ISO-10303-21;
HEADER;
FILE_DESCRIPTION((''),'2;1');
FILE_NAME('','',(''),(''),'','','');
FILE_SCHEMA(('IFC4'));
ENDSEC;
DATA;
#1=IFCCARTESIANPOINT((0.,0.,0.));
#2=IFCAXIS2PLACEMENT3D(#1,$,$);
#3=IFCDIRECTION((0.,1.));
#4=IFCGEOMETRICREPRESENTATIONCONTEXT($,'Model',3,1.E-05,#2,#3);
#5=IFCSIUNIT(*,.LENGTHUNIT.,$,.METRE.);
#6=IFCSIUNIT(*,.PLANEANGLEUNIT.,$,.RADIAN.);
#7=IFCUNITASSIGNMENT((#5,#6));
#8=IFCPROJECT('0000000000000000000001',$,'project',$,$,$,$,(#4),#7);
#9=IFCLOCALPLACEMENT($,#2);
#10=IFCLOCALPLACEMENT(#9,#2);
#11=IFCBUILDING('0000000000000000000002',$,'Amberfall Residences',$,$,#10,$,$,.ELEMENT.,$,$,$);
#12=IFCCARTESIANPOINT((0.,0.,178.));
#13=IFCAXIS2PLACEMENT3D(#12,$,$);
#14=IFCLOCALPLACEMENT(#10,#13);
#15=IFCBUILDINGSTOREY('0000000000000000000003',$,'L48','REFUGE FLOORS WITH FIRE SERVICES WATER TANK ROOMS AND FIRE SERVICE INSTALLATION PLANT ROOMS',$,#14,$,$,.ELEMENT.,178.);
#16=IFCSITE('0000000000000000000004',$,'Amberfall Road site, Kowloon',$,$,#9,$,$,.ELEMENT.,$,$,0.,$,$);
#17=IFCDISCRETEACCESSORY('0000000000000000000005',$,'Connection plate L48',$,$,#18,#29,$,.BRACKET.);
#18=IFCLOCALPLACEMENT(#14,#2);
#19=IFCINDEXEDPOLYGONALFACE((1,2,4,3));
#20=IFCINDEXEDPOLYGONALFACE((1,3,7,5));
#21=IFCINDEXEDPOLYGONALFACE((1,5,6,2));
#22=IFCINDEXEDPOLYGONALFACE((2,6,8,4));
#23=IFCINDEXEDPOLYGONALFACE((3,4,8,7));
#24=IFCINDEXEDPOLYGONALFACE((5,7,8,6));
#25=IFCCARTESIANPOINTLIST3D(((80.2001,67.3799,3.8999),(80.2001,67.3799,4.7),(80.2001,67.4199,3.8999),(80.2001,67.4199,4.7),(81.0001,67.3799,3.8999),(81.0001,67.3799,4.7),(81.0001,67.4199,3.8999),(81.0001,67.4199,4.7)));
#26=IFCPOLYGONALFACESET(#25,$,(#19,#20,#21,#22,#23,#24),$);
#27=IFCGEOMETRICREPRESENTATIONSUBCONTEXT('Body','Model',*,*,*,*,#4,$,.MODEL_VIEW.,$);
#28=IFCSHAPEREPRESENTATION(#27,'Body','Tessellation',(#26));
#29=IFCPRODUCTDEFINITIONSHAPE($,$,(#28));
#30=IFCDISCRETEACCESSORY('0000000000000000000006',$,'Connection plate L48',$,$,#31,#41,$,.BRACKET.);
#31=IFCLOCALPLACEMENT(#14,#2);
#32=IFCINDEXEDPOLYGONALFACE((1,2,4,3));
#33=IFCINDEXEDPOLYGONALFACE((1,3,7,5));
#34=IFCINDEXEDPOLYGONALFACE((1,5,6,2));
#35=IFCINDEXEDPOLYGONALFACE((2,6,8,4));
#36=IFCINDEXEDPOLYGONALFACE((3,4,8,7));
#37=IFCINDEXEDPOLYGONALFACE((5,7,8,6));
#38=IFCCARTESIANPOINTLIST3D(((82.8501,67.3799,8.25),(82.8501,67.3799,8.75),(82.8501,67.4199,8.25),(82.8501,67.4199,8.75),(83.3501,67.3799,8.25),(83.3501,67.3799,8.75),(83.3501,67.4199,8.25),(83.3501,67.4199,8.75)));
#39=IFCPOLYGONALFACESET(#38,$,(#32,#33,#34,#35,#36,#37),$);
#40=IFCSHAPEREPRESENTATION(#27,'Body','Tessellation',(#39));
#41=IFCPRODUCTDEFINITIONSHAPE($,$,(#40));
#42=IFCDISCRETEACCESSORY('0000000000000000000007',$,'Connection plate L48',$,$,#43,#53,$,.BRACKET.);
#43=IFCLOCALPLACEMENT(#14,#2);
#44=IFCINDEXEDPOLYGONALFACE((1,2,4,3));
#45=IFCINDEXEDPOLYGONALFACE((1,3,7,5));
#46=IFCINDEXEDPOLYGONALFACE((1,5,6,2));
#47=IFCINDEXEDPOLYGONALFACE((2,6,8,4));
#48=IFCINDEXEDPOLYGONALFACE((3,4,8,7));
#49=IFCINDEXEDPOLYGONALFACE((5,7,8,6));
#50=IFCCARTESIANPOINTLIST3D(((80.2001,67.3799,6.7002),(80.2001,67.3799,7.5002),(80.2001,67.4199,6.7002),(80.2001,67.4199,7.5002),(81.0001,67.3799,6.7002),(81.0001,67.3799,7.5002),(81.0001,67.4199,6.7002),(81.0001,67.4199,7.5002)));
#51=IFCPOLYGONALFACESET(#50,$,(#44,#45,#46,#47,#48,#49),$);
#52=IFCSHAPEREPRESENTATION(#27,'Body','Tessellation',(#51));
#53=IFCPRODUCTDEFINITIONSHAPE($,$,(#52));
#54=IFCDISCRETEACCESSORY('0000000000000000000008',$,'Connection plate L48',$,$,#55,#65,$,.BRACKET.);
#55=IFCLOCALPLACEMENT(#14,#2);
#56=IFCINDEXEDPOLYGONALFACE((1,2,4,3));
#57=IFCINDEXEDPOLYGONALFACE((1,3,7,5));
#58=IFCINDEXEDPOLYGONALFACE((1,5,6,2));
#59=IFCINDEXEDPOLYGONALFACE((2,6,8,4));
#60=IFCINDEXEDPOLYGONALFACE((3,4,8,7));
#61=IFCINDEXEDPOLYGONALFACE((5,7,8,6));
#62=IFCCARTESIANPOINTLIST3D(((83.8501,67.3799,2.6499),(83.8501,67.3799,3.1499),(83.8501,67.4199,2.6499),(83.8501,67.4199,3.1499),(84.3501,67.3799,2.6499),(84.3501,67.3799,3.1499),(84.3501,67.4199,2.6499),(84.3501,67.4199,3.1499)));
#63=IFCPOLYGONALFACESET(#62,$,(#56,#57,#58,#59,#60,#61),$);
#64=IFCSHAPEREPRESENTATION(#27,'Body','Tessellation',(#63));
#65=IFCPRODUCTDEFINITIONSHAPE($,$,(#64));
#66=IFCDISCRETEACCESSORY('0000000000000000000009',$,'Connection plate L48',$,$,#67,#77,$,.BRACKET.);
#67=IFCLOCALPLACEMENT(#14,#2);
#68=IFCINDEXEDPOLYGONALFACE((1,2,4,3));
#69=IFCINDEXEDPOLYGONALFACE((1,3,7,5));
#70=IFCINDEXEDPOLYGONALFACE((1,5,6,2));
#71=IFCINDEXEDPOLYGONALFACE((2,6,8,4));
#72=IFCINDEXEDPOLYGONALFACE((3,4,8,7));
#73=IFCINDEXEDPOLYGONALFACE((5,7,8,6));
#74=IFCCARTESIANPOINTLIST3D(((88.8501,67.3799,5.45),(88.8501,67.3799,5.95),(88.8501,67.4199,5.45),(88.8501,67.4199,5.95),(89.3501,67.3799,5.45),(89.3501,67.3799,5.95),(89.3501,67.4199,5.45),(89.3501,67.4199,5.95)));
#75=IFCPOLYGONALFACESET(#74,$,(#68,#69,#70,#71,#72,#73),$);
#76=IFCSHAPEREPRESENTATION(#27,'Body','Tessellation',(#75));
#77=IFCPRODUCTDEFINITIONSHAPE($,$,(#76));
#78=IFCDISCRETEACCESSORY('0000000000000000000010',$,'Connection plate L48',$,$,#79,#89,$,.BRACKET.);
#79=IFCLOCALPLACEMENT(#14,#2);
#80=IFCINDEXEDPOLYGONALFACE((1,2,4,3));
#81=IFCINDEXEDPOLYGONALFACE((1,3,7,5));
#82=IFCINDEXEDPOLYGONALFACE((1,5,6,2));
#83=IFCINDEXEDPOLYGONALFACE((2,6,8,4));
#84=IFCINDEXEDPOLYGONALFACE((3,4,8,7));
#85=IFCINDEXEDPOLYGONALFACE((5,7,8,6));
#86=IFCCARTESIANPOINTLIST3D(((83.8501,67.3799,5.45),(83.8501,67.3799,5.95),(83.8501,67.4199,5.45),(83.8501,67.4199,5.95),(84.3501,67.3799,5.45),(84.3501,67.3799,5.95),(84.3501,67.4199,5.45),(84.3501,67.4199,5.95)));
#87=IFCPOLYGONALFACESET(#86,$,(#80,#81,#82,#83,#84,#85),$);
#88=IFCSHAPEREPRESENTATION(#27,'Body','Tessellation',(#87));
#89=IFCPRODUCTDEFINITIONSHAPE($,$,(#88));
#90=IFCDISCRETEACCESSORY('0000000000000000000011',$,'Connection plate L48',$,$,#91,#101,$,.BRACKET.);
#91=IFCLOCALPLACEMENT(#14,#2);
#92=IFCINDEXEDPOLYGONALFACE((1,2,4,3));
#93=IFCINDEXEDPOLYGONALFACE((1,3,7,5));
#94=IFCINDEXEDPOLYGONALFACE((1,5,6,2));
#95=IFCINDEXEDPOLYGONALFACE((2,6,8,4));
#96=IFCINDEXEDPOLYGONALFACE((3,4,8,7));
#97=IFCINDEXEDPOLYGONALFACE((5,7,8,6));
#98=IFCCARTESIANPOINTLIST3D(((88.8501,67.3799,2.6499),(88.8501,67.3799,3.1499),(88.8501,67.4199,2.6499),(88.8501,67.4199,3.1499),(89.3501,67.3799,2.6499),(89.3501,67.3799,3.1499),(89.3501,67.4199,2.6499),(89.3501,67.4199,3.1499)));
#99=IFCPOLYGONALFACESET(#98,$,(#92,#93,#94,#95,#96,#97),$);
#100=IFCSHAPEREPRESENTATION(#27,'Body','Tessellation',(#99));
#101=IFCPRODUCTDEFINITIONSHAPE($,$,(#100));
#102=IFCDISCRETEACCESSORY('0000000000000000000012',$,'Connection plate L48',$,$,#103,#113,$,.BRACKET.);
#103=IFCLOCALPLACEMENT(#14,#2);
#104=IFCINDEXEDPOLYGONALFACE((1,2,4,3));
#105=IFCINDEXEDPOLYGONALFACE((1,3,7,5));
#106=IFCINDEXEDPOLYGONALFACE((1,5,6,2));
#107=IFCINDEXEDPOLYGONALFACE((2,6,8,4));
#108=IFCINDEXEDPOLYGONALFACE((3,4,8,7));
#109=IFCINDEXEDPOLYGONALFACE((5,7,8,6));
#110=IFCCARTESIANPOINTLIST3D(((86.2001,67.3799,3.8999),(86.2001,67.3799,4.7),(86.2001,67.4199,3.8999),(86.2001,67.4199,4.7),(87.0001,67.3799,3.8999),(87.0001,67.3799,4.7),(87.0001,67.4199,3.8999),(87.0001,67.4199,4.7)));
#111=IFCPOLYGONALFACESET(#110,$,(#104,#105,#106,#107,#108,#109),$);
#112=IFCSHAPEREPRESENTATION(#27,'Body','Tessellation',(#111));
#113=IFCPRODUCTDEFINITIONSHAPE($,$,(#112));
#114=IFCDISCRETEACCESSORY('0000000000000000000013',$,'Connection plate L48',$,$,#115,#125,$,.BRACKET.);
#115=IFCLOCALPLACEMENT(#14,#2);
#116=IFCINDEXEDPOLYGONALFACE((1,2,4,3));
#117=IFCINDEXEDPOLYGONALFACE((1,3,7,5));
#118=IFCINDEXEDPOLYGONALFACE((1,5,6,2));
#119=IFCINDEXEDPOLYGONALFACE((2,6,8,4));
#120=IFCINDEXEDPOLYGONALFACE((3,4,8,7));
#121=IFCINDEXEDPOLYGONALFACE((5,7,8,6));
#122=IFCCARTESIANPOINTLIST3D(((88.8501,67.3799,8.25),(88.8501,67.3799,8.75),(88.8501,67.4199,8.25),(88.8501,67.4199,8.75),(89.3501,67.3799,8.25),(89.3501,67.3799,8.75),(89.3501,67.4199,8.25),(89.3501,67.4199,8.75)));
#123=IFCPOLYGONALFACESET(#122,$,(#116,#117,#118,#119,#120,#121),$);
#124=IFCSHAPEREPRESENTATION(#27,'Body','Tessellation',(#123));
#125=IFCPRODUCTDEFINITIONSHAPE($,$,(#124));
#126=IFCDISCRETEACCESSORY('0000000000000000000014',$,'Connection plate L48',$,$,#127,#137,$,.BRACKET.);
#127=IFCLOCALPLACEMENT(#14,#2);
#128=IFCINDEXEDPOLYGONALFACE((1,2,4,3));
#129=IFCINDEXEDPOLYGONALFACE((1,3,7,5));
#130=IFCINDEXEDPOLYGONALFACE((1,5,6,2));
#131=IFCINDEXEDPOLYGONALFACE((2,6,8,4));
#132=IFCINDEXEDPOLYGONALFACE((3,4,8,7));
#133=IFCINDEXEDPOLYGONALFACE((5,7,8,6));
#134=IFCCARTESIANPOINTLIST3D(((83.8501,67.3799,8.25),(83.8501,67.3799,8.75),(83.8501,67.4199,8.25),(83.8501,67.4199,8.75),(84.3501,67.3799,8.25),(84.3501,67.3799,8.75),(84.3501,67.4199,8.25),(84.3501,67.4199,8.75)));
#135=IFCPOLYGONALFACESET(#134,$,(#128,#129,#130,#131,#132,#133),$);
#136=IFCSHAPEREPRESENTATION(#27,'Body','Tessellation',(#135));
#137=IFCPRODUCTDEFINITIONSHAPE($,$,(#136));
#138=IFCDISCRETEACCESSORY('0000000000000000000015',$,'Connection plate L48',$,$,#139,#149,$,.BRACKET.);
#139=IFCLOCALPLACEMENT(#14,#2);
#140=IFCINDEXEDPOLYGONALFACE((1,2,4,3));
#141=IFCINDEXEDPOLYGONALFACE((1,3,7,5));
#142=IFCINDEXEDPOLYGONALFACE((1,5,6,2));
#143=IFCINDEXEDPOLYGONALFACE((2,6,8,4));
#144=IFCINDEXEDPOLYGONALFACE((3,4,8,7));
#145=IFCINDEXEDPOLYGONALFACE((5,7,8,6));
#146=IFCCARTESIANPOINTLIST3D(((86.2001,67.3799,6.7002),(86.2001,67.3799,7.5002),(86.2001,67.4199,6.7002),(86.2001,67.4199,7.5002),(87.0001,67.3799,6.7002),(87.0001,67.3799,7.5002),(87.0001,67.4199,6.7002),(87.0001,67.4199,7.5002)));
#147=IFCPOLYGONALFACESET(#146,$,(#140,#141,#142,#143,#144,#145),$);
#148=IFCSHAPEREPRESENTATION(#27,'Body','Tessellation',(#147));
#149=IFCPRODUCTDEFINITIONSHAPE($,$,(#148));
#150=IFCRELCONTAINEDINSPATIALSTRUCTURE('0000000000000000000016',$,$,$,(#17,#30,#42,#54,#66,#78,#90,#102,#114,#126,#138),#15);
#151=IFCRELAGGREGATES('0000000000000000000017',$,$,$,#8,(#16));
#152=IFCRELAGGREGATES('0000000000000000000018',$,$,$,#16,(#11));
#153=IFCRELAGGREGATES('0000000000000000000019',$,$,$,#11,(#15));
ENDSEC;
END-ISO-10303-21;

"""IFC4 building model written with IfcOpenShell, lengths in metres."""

from ifc_helpers import new_model, si_unit, direction, frame, origin, origin_2d, place, context, subcontext, project, spatial, rectangle, extrude, element, save


model = new_model("IFC4")

# Units and contexts
model_context = context("Model", 3, precision=1e-05, world=origin(), true_north=direction((0.0, 1.0)))
body_context = subcontext(model_context, "Body", "Model", "MODEL_VIEW")
ifc_project = project(units=[si_unit("LENGTHUNIT", "METRE"), si_unit("PLANEANGLEUNIT", "RADIAN")], contexts=[model_context])

# Site, building, storey
site_placement = place(None, origin())
site = spatial("IfcSite", under=ifc_project, at=site_placement, Name="Amberfall Road site, Kowloon", CompositionType="ELEMENT", RefElevation=0.0)
building_placement = place(site_placement, origin())
building = spatial("IfcBuilding", under=site, at=building_placement, Name="Amberfall Residences", CompositionType="ELEMENT")
storey_placement = place(building_placement, frame((0.0, 0.0, 178.0)))
storey = spatial("IfcBuildingStorey", under=building, at=storey_placement, Name="L48", Description="REFUGE FLOORS WITH FIRE SERVICES WATER TANK ROOMS AND FIRE SERVICE INSTALLATION PLANT ROOMS", CompositionType="ELEMENT", Elevation=178.0)

# Discrete accessories
discrete_accessory_1_placement = place(storey_placement, frame((80.6001, 67.3999, 3.8999), z_axis=(0.0, 0.0, 1.0), x_axis=(1.0, 0.0, 0.0)))
element("IfcDiscreteAccessory", 1, at=discrete_accessory_1_placement, inside=storey, Name="Connection plate L48", PredefinedType="BRACKET", context=body_context, shape_type="SweptSolid", body=[
    extrude(rectangle(XDim=0.8, YDim=0.04, at=origin_2d()), origin(), (0.0, 0.0, 1.0), 0.8),
])
discrete_accessory_2_placement = place(storey_placement, frame((83.1001, 67.3999, 8.25), z_axis=(0.0, 0.0, 1.0), x_axis=(1.0, 0.0, 0.0)))
element("IfcDiscreteAccessory", 2, at=discrete_accessory_2_placement, inside=storey, Name="Connection plate L48", PredefinedType="BRACKET", context=body_context, shape_type="SweptSolid", body=[
    extrude(rectangle(XDim=0.5, YDim=0.04, at=origin_2d()), origin(), (0.0, 0.0, 1.0), 0.5),
])
discrete_accessory_3_placement = place(storey_placement, frame((80.6001, 67.3999, 6.7002), z_axis=(0.0, 0.0, 1.0), x_axis=(1.0, 0.0, 0.0)))
element("IfcDiscreteAccessory", 3, at=discrete_accessory_3_placement, inside=storey, Name="Connection plate L48", PredefinedType="BRACKET", context=body_context, shape_type="SweptSolid", body=[
    extrude(rectangle(XDim=0.8, YDim=0.04, at=origin_2d()), origin(), (0.0, 0.0, 1.0), 0.8),
])
for number, where, z_axis, x_axis, name in (
    (4, (84.1001, 67.3999, 2.6499), (0.0, 0.0, 1.0), (1.0, 0.0, 0.0), "Connection plate L48"),
    (5, (89.1001, 67.3999, 5.45), (0.0, 0.0, 1.0), (1.0, 0.0, 0.0), "Connection plate L48"),
    (6, (84.1001, 67.3999, 5.45), (0.0, 0.0, 1.0), (1.0, 0.0, 0.0), "Connection plate L48"),
    (7, (89.1001, 67.3999, 2.6499), (0.0, 0.0, 1.0), (1.0, 0.0, 0.0), "Connection plate L48"),
):
    element("IfcDiscreteAccessory", number, at=place(storey_placement, frame(where, z_axis=z_axis, x_axis=x_axis)), inside=storey, Name=name, PredefinedType="BRACKET", context=body_context, shape_type="SweptSolid", body=[
        extrude(rectangle(XDim=0.5, YDim=0.04, at=origin_2d()), origin(), (0.0, 0.0, 1.0), 0.5),
    ])
discrete_accessory_4_placement = place(storey_placement, frame((86.6001, 67.3999, 3.8999), z_axis=(0.0, 0.0, 1.0), x_axis=(1.0, 0.0, 0.0)))
element("IfcDiscreteAccessory", 8, at=discrete_accessory_4_placement, inside=storey, Name="Connection plate L48", PredefinedType="BRACKET", context=body_context, shape_type="SweptSolid", body=[
    extrude(rectangle(XDim=0.8, YDim=0.04, at=origin_2d()), origin(), (0.0, 0.0, 1.0), 0.8),
])
for number, where, z_axis, x_axis, name in (
    (9, (89.1001, 67.3999, 8.25), (0.0, 0.0, 1.0), (1.0, 0.0, 0.0), "Connection plate L48"),
    (10, (84.1001, 67.3999, 8.25), (0.0, 0.0, 1.0), (1.0, 0.0, 0.0), "Connection plate L48"),
):
    element("IfcDiscreteAccessory", number, at=place(storey_placement, frame(where, z_axis=z_axis, x_axis=x_axis)), inside=storey, Name=name, PredefinedType="BRACKET", context=body_context, shape_type="SweptSolid", body=[
        extrude(rectangle(XDim=0.5, YDim=0.04, at=origin_2d()), origin(), (0.0, 0.0, 1.0), 0.5),
    ])
discrete_accessory_5_placement = place(storey_placement, frame((86.6001, 67.3999, 6.7002), z_axis=(0.0, 0.0, 1.0), x_axis=(1.0, 0.0, 0.0)))
element("IfcDiscreteAccessory", 11, at=discrete_accessory_5_placement, inside=storey, Name="Connection plate L48", PredefinedType="BRACKET", context=body_context, shape_type="SweptSolid", body=[
    extrude(rectangle(XDim=0.8, YDim=0.04, at=origin_2d()), origin(), (0.0, 0.0, 1.0), 0.8),
])

save(model, "model.ifc")
